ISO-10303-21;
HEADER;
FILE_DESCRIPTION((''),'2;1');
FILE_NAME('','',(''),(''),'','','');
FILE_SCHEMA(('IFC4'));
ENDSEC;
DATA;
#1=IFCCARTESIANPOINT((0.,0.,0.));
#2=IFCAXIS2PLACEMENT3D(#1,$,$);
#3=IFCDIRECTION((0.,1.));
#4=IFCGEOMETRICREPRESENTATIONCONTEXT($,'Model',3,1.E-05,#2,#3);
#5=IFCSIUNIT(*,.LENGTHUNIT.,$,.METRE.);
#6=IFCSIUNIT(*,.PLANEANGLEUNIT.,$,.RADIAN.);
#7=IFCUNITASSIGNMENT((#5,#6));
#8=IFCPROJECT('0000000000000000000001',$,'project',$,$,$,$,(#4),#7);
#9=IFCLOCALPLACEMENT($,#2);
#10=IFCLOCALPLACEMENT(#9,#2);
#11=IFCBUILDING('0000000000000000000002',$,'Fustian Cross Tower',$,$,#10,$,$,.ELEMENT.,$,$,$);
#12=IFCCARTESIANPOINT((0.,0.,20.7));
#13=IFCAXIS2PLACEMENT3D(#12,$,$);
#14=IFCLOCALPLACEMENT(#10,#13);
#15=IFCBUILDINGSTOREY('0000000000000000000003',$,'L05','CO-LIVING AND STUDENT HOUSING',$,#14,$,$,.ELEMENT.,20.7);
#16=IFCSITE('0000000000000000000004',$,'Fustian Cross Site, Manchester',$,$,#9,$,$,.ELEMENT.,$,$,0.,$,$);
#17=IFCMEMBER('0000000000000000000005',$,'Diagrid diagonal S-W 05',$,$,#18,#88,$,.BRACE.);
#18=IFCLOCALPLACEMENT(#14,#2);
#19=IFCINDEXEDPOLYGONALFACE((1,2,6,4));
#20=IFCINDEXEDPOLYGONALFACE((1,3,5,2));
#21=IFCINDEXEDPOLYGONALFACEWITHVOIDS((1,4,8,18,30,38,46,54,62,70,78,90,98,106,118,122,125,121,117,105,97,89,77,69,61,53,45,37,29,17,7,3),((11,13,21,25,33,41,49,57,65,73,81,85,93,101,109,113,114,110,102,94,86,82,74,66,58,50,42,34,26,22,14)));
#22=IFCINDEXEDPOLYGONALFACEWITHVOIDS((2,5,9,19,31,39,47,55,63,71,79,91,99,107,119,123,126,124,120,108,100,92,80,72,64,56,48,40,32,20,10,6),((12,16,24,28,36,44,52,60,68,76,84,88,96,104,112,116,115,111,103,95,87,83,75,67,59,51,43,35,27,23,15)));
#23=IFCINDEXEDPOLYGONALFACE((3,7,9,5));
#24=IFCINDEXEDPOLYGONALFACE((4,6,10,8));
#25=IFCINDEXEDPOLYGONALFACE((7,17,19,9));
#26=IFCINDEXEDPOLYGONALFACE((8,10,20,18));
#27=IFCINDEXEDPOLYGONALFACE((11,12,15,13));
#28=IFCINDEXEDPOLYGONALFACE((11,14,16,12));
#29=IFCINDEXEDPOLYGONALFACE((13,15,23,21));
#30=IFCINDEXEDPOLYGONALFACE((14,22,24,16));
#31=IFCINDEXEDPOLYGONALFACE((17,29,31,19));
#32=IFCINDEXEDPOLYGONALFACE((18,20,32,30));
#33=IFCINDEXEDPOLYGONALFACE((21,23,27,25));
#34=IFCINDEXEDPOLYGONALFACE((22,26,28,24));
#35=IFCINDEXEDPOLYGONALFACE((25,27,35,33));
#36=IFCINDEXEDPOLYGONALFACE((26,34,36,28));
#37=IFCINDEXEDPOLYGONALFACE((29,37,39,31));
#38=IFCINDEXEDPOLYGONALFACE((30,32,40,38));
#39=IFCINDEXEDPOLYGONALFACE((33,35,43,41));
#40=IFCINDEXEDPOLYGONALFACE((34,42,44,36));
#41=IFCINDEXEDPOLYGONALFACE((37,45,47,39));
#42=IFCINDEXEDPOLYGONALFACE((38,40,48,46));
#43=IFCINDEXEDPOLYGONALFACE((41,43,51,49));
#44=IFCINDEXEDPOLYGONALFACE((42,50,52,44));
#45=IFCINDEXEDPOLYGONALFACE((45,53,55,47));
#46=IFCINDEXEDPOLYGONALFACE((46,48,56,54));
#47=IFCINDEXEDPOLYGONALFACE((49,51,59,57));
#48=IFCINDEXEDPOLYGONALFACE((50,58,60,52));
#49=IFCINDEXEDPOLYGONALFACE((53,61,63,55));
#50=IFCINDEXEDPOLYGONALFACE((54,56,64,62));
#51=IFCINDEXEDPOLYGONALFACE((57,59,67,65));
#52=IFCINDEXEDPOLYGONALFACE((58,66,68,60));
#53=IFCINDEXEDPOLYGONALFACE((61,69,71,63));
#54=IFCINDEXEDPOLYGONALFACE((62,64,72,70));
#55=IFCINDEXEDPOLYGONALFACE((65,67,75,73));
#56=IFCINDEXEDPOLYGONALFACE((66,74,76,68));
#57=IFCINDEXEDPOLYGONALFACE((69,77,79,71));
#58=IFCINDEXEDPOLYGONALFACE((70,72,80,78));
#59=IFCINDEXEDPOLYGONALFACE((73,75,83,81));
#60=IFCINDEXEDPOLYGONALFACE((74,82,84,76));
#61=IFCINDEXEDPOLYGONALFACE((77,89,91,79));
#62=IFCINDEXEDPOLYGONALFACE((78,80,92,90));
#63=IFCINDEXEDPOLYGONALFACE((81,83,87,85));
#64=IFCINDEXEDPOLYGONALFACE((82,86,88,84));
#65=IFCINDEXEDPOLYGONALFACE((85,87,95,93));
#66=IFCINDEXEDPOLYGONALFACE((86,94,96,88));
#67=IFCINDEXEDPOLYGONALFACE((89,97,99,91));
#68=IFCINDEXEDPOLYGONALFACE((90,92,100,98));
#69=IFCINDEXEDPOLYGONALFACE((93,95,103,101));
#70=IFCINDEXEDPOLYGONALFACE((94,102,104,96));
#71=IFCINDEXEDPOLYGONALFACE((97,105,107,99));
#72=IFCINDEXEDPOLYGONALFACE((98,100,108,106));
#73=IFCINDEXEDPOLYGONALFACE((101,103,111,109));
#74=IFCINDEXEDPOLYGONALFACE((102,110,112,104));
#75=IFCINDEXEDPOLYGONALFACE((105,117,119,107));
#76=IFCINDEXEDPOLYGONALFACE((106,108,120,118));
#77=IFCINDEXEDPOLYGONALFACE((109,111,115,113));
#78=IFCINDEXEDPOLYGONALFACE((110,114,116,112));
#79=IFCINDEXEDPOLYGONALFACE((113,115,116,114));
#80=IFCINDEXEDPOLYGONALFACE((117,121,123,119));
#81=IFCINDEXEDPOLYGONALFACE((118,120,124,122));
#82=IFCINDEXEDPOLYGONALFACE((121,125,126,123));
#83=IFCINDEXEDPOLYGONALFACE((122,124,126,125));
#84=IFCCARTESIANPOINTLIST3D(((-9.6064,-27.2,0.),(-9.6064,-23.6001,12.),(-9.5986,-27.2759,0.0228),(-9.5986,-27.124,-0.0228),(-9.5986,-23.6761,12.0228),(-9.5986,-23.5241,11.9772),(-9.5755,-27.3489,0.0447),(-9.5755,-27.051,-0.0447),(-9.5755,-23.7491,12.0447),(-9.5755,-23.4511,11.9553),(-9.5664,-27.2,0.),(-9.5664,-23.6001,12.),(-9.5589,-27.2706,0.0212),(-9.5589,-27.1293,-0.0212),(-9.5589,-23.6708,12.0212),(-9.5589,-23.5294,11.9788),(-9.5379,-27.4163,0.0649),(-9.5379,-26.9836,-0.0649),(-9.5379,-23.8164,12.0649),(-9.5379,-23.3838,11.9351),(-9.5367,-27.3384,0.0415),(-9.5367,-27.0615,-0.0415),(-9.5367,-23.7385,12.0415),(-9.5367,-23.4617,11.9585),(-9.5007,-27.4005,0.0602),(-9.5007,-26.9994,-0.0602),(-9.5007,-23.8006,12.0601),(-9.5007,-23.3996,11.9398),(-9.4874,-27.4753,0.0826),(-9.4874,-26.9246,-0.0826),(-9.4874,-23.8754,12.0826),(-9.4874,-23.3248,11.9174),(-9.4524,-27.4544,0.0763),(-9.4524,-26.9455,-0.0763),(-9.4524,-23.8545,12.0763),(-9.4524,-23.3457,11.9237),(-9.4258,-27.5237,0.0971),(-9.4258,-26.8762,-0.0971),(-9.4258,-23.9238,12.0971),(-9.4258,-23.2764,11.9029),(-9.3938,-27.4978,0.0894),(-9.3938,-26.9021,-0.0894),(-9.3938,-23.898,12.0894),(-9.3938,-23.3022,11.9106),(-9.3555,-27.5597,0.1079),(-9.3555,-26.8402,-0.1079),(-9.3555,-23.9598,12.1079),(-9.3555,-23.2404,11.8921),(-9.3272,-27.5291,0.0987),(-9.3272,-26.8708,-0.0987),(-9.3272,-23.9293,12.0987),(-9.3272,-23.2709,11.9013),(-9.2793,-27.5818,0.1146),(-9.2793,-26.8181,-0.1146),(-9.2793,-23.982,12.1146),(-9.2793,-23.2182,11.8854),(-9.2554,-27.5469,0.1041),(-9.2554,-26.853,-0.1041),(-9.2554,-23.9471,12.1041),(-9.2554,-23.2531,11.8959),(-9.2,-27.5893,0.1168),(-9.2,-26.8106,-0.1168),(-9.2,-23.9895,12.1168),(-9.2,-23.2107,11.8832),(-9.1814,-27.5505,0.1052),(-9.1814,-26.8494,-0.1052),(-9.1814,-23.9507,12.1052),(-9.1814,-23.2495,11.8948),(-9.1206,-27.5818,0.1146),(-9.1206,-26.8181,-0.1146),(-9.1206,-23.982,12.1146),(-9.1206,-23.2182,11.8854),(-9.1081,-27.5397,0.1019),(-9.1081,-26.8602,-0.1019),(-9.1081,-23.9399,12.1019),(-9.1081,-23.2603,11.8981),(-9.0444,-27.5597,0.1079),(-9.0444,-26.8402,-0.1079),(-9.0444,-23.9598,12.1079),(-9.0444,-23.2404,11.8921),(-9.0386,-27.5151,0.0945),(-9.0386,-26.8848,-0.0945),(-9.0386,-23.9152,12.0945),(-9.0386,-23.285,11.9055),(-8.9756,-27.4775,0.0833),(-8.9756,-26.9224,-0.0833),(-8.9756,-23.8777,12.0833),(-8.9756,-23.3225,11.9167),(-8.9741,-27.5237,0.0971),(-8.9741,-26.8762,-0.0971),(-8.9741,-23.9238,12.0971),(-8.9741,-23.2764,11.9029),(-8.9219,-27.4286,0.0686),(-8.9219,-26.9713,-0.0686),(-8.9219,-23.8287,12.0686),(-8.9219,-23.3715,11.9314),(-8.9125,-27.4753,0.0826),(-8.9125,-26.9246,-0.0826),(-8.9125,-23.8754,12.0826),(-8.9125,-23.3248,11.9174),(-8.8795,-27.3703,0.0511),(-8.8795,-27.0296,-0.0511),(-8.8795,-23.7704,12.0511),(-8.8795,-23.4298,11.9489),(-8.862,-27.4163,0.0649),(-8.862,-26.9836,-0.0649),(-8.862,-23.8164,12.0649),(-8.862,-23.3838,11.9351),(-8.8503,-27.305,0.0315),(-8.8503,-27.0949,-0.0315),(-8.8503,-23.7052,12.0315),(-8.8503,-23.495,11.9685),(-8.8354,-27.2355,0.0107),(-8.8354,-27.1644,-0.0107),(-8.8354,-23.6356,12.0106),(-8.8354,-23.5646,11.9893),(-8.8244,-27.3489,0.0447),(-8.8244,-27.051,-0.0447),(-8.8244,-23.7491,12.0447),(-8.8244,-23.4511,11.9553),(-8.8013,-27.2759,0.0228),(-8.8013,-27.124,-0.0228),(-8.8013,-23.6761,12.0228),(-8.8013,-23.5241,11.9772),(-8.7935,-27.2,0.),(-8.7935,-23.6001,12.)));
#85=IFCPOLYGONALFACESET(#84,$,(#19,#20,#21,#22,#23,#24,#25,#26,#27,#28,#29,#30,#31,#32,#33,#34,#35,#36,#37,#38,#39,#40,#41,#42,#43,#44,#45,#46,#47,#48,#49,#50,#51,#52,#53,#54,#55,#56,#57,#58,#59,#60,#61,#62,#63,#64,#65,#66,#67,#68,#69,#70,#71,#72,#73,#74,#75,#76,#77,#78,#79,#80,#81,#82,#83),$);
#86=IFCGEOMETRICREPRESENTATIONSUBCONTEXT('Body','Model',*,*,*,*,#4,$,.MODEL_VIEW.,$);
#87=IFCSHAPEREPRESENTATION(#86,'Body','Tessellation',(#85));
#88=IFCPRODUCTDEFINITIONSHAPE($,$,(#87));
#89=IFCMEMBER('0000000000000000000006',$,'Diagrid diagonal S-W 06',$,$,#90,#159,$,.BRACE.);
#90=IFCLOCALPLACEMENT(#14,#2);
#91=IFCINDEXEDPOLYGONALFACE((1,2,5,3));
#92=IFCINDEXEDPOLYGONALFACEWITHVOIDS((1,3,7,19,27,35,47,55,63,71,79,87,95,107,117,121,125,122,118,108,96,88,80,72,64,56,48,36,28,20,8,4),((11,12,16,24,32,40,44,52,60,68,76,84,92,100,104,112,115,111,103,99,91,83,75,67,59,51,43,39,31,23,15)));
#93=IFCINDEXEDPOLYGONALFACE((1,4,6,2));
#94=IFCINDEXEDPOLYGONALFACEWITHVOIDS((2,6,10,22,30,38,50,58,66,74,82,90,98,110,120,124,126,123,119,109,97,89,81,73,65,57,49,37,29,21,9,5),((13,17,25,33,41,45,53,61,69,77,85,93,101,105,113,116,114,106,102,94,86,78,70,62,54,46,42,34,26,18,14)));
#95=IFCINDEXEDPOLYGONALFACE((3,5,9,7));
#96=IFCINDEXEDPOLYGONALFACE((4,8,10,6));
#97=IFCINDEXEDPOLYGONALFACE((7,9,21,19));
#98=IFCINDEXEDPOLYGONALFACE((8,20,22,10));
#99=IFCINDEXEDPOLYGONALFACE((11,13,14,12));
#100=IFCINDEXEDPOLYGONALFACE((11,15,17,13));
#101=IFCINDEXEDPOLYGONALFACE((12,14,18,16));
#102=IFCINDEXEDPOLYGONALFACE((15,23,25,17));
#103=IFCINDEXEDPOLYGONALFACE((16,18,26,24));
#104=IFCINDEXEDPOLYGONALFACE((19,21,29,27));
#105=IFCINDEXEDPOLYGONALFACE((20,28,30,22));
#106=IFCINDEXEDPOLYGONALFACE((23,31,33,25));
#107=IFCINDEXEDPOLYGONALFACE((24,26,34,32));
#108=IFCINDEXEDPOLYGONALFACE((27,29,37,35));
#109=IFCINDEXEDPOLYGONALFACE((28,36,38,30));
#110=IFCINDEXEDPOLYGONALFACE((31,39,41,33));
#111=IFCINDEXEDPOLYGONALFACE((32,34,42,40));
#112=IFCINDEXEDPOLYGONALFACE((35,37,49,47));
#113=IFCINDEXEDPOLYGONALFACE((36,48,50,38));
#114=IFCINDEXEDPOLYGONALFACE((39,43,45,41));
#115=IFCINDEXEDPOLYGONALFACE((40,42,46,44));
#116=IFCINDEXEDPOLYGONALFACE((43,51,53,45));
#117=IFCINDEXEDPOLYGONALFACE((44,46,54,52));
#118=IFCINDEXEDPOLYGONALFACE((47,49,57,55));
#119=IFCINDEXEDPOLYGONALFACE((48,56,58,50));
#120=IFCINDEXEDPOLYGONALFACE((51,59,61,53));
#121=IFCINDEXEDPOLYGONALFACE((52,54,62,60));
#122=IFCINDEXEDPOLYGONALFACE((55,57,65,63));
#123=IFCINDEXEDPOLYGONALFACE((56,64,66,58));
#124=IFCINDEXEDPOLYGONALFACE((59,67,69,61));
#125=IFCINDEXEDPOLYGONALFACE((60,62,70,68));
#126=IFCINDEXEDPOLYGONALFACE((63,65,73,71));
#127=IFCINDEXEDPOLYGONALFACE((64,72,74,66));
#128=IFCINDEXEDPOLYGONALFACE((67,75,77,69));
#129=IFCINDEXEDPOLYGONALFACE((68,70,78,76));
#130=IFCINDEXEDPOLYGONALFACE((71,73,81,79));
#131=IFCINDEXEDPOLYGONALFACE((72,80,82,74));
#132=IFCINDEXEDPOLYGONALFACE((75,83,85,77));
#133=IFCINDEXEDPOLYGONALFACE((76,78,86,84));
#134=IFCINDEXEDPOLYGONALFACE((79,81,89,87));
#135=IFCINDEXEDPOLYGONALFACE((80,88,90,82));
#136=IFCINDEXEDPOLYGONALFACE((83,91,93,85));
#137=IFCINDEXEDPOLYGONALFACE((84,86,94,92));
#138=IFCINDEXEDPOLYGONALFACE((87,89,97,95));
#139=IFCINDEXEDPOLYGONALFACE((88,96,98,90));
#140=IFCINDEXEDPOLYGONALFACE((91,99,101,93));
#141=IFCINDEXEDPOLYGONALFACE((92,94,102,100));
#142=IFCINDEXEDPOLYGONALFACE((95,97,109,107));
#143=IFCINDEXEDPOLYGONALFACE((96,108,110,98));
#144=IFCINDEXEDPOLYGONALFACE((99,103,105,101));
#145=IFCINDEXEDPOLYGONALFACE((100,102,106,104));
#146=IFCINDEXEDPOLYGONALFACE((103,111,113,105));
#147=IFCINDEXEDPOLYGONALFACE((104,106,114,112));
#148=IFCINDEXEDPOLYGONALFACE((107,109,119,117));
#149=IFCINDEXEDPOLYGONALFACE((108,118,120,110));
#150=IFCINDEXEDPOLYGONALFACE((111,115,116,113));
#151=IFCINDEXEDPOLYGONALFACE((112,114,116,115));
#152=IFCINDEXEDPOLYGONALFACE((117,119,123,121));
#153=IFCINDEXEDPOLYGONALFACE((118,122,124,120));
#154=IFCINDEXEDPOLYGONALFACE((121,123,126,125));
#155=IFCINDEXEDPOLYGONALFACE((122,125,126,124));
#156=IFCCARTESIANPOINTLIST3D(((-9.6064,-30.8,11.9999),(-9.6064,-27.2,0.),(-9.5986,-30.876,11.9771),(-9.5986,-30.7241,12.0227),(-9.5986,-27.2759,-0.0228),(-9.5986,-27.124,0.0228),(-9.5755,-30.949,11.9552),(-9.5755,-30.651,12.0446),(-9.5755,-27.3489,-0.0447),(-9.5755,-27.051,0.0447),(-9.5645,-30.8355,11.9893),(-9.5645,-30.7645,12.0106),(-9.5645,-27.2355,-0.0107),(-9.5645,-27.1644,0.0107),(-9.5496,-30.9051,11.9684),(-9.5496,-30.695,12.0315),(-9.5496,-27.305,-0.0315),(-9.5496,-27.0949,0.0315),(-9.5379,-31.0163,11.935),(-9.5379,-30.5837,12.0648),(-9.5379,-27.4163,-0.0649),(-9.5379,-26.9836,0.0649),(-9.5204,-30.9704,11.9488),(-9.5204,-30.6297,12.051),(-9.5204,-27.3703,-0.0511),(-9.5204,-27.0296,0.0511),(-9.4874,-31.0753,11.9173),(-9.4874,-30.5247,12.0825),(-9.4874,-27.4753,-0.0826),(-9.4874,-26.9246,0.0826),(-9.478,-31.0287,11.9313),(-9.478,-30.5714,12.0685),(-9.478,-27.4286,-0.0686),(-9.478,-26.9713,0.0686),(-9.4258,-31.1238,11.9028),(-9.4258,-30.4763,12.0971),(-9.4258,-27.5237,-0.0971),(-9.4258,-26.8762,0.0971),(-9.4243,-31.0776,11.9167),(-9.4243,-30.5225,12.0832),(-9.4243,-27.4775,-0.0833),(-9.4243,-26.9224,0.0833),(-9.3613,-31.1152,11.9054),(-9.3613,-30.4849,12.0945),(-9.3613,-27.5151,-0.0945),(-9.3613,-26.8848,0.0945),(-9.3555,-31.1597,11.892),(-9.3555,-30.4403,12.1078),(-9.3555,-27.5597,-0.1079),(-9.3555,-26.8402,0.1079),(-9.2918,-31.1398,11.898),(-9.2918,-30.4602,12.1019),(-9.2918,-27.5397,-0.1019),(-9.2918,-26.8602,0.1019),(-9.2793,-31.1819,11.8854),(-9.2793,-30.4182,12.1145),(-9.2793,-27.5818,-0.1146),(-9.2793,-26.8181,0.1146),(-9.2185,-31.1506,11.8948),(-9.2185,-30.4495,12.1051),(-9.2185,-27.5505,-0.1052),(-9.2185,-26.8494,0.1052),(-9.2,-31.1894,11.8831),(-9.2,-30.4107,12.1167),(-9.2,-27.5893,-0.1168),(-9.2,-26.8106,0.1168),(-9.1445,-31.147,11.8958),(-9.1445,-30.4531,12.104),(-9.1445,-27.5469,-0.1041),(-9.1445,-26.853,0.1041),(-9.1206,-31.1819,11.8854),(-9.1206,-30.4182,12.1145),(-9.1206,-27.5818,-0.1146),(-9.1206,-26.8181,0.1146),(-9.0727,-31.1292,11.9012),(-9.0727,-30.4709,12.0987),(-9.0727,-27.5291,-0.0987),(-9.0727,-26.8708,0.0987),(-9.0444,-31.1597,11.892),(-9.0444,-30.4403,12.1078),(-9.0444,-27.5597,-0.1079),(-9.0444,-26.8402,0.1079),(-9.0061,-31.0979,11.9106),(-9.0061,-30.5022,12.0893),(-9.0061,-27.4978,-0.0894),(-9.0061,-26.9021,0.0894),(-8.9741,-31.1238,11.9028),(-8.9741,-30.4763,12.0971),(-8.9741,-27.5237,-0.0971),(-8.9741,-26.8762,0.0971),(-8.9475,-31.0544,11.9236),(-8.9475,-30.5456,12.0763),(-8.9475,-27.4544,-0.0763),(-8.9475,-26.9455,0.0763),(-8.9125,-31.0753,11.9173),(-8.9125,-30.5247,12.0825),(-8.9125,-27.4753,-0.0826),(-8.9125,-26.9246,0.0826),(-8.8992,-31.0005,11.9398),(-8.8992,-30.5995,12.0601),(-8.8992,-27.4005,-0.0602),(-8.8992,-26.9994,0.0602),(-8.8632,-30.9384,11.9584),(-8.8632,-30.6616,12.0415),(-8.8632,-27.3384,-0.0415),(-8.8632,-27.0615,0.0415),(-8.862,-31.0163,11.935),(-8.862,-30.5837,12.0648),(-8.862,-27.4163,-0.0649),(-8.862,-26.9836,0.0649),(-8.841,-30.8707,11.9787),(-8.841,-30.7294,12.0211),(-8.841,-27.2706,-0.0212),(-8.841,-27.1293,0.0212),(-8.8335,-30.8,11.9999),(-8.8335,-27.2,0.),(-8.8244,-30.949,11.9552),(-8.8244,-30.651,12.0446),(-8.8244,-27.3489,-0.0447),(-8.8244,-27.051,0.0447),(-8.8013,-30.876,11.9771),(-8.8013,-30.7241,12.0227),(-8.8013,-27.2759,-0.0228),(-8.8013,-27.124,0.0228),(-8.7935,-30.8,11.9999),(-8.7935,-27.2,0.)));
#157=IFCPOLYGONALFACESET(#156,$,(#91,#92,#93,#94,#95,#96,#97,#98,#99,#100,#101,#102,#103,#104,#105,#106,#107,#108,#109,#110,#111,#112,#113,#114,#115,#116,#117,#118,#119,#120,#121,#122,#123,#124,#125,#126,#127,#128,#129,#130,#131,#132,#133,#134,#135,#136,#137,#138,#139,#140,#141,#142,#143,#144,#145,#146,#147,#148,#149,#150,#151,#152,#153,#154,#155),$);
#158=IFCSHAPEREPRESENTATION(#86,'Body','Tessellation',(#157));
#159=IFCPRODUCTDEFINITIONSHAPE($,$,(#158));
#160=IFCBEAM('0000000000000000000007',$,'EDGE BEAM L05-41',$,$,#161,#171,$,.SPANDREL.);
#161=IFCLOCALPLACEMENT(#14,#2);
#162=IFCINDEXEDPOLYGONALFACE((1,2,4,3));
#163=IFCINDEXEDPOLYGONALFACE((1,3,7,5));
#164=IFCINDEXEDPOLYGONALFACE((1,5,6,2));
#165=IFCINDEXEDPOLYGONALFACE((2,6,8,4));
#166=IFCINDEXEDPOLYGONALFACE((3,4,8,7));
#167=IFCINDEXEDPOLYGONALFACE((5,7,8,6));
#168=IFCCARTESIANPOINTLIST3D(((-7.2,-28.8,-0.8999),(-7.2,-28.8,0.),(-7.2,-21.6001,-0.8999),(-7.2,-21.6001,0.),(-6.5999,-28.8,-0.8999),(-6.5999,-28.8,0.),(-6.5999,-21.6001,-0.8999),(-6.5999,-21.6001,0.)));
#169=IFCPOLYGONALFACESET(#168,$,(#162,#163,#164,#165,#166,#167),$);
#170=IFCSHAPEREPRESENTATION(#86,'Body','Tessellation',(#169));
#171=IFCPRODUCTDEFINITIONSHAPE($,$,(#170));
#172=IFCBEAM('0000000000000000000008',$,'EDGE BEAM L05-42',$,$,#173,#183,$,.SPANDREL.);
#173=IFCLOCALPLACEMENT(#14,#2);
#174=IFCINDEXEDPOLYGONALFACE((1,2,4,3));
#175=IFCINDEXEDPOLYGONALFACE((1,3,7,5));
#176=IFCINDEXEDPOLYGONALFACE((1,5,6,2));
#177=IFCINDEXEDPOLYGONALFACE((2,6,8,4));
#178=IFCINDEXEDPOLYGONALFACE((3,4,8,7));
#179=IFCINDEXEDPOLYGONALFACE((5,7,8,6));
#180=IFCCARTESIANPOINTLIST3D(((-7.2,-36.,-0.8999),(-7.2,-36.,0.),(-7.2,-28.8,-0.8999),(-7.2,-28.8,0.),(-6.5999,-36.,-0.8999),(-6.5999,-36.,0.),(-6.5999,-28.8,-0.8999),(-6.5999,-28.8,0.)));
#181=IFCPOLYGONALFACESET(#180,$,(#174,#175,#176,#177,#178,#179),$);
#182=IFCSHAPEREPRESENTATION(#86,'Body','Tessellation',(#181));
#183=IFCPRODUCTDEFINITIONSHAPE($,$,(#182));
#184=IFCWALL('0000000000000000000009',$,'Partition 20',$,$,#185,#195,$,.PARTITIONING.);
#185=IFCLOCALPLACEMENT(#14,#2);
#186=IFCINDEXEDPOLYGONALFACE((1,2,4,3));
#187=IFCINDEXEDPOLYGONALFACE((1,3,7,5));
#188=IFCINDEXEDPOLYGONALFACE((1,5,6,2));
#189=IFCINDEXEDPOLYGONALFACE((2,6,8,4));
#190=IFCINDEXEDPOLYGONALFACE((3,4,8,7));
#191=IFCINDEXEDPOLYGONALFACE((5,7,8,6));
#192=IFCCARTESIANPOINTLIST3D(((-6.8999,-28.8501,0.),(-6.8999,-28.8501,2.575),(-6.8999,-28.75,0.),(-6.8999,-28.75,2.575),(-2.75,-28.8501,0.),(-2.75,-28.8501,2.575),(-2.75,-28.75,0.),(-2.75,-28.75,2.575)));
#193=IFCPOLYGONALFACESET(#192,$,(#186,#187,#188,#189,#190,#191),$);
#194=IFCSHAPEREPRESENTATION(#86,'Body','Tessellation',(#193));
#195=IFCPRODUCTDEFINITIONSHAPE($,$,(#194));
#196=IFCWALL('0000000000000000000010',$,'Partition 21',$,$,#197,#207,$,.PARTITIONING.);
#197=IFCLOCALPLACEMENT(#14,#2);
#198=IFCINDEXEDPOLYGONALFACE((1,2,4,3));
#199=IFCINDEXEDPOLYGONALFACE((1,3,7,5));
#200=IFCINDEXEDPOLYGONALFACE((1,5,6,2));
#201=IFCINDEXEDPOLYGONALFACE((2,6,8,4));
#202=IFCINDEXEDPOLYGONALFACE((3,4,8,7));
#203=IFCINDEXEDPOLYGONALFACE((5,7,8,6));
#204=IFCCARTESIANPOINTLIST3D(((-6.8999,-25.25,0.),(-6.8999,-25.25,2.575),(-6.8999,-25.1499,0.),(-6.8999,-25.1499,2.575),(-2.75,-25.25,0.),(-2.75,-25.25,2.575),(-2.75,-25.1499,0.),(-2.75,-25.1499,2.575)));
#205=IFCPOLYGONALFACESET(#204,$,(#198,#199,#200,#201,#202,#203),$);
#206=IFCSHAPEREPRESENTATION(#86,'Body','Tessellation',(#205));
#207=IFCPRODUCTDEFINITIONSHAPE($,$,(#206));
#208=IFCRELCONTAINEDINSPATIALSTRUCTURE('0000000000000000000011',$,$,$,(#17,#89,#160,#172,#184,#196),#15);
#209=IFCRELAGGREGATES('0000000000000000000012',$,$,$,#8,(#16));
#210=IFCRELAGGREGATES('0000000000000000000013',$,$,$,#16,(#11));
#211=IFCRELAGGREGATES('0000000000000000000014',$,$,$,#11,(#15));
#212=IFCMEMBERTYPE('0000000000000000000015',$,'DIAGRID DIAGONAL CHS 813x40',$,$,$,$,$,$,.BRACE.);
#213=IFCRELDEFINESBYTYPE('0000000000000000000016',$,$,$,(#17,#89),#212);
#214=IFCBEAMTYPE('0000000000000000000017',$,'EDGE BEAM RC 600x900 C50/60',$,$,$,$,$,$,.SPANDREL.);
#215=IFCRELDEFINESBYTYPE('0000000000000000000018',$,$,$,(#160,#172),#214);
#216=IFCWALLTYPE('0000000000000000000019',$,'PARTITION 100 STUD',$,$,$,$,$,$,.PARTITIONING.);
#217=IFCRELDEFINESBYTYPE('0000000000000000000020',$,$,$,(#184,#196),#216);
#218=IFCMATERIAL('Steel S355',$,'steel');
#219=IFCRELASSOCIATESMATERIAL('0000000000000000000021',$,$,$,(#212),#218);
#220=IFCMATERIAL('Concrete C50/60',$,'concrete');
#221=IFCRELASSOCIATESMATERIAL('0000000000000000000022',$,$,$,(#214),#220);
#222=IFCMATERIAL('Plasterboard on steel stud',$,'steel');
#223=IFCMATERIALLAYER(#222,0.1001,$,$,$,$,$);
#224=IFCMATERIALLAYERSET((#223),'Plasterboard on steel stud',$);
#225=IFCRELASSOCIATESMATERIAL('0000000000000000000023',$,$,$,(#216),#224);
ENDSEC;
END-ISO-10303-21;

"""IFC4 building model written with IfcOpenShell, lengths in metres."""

from ifc_helpers import new_model, si_unit, direction, frame, frame_2d, origin, origin_2d, place, context, subcontext, project, spatial, rectangle, hollow_circle, extrude, material, layer, layer_set, material_profile, profile_set, type_object, element, save


model = new_model("IFC4")

# Units and contexts
model_context = context("Model", 3, precision=1e-05, world=origin(), true_north=direction((0.0, 1.0)))
body_context = subcontext(model_context, "Body", "Model", "MODEL_VIEW")
ifc_project = project(units=[si_unit("LENGTHUNIT", "METRE"), si_unit("PLANEANGLEUNIT", "RADIAN")], contexts=[model_context])

# Site, building, storey
site_placement = place(None, origin())
site = spatial("IfcSite", under=ifc_project, at=site_placement, Name="Fustian Cross Site, Manchester", CompositionType="ELEMENT", RefElevation=0.0)
building_placement = place(site_placement, origin())
building = spatial("IfcBuilding", under=site, at=building_placement, Name="Fustian Cross Tower", CompositionType="ELEMENT")
storey_placement = place(building_placement, frame((0.0, 0.0, 20.7)))
storey = spatial("IfcBuildingStorey", under=building, at=storey_placement, Name="L05", Description="CO-LIVING AND STUDENT HOUSING", CompositionType="ELEMENT", Elevation=20.7)

# Members
ifc_material_1 = material(Name="Steel S355", Category="steel")
ifc_material_profile_1 = material_profile(ifc_material_1, hollow_circle(Radius=0.4065, WallThickness=0.04, at=origin_2d()), Name="CHS 813x40")
ifc_profile_set_1 = profile_set([ifc_material_profile_1], Name="Steel S355")
member_type = type_object("IfcMemberType", Name="DIAGRID DIAGONAL CHS 813x40", PredefinedType="BRACE", material=ifc_profile_set_1)
for number, where, z_axis, x_axis, name in (
    (1, (-9.2, -27.2, 0.0), (0.0, 0.287337, 0.95783), (-1.0, 0.0, 0.0), "Diagrid diagonal S-W 05"),
    (2, (-9.2, -27.2, 0.0), (0.0, -0.287355, 0.957824), (1.0, 0.0, 0.0), "Diagrid diagonal S-W 06"),
):
    element("IfcMember", number, at=place(storey_placement, frame(where, z_axis=z_axis, x_axis=x_axis)), inside=storey, type_object=member_type, Name=name, PredefinedType="BRACE", context=body_context, shape_type="SweptSolid", body=[
        extrude(hollow_circle(Radius=0.4065, WallThickness=0.04, at=origin_2d()), origin(), (0.0, 0.0, 1.0), 12.5283),
    ])

# Beams
ifc_material_2 = material(Name="Concrete C50/60", Category="concrete")
ifc_material_profile_2 = material_profile(ifc_material_2, rectangle(XDim=0.6001, YDim=0.8999, at=origin_2d()), Name="RC 600x900")
ifc_profile_set_2 = profile_set([ifc_material_profile_2], Name="Concrete C50/60")
beam_type = type_object("IfcBeamType", Name="EDGE BEAM RC 600x900 C50/60", PredefinedType="SPANDREL", material=ifc_profile_set_2)
for number, where, z_axis, x_axis, name in (
    (3, (-6.8999, -21.6001, -0.45), (0.0, -1.0, 0.0), (1.0, 0.0, 0.0), "EDGE BEAM L05-41"),
    (4, (-6.8999, -28.8, -0.45), (0.0, -1.0, 0.0), (1.0, 0.0, 0.0), "EDGE BEAM L05-42"),
):
    element("IfcBeam", number, at=place(storey_placement, frame(where, z_axis=z_axis, x_axis=x_axis)), inside=storey, type_object=beam_type, Name=name, PredefinedType="SPANDREL", context=body_context, shape_type="SweptSolid", body=[
        extrude(rectangle(XDim=0.6001, YDim=0.8999, at=origin_2d()), origin(), (0.0, 0.0, 1.0), 7.2),
    ])

# Walls
ifc_material_3 = material(Name="Plasterboard on steel stud", Category="steel")
ifc_layer_1 = layer(ifc_material_3, 0.1001)
ifc_layer_set_1 = layer_set([ifc_layer_1], Name="Plasterboard on steel stud")
wall_type_1 = type_object("IfcWallType", Name="PARTITION 100 STUD", PredefinedType="PARTITIONING", material=ifc_layer_set_1)
for number, where, z_axis, x_axis, name in (
    (5, (-6.8999, -28.8, 0.0), (0.0, 0.0, 1.0), (1.0, 0.0, 0.0), "Partition 20"),
    (6, (-6.8999, -25.2, 0.0), (0.0, 0.0, 1.0), (1.0, 0.0, 0.0), "Partition 21"),
):
    element("IfcWall", number, at=place(storey_placement, frame(where, z_axis=z_axis, x_axis=x_axis)), inside=storey, type_object=wall_type_1, Name=name, PredefinedType="PARTITIONING", context=body_context, shape_type="SweptSolid", body=[
        extrude(rectangle(XDim=4.1499, YDim=0.1001, at=frame_2d((2.075, 0.0))), origin(), (0.0, 0.0, 1.0), 2.575),
    ])

save(model, "model.ifc")
